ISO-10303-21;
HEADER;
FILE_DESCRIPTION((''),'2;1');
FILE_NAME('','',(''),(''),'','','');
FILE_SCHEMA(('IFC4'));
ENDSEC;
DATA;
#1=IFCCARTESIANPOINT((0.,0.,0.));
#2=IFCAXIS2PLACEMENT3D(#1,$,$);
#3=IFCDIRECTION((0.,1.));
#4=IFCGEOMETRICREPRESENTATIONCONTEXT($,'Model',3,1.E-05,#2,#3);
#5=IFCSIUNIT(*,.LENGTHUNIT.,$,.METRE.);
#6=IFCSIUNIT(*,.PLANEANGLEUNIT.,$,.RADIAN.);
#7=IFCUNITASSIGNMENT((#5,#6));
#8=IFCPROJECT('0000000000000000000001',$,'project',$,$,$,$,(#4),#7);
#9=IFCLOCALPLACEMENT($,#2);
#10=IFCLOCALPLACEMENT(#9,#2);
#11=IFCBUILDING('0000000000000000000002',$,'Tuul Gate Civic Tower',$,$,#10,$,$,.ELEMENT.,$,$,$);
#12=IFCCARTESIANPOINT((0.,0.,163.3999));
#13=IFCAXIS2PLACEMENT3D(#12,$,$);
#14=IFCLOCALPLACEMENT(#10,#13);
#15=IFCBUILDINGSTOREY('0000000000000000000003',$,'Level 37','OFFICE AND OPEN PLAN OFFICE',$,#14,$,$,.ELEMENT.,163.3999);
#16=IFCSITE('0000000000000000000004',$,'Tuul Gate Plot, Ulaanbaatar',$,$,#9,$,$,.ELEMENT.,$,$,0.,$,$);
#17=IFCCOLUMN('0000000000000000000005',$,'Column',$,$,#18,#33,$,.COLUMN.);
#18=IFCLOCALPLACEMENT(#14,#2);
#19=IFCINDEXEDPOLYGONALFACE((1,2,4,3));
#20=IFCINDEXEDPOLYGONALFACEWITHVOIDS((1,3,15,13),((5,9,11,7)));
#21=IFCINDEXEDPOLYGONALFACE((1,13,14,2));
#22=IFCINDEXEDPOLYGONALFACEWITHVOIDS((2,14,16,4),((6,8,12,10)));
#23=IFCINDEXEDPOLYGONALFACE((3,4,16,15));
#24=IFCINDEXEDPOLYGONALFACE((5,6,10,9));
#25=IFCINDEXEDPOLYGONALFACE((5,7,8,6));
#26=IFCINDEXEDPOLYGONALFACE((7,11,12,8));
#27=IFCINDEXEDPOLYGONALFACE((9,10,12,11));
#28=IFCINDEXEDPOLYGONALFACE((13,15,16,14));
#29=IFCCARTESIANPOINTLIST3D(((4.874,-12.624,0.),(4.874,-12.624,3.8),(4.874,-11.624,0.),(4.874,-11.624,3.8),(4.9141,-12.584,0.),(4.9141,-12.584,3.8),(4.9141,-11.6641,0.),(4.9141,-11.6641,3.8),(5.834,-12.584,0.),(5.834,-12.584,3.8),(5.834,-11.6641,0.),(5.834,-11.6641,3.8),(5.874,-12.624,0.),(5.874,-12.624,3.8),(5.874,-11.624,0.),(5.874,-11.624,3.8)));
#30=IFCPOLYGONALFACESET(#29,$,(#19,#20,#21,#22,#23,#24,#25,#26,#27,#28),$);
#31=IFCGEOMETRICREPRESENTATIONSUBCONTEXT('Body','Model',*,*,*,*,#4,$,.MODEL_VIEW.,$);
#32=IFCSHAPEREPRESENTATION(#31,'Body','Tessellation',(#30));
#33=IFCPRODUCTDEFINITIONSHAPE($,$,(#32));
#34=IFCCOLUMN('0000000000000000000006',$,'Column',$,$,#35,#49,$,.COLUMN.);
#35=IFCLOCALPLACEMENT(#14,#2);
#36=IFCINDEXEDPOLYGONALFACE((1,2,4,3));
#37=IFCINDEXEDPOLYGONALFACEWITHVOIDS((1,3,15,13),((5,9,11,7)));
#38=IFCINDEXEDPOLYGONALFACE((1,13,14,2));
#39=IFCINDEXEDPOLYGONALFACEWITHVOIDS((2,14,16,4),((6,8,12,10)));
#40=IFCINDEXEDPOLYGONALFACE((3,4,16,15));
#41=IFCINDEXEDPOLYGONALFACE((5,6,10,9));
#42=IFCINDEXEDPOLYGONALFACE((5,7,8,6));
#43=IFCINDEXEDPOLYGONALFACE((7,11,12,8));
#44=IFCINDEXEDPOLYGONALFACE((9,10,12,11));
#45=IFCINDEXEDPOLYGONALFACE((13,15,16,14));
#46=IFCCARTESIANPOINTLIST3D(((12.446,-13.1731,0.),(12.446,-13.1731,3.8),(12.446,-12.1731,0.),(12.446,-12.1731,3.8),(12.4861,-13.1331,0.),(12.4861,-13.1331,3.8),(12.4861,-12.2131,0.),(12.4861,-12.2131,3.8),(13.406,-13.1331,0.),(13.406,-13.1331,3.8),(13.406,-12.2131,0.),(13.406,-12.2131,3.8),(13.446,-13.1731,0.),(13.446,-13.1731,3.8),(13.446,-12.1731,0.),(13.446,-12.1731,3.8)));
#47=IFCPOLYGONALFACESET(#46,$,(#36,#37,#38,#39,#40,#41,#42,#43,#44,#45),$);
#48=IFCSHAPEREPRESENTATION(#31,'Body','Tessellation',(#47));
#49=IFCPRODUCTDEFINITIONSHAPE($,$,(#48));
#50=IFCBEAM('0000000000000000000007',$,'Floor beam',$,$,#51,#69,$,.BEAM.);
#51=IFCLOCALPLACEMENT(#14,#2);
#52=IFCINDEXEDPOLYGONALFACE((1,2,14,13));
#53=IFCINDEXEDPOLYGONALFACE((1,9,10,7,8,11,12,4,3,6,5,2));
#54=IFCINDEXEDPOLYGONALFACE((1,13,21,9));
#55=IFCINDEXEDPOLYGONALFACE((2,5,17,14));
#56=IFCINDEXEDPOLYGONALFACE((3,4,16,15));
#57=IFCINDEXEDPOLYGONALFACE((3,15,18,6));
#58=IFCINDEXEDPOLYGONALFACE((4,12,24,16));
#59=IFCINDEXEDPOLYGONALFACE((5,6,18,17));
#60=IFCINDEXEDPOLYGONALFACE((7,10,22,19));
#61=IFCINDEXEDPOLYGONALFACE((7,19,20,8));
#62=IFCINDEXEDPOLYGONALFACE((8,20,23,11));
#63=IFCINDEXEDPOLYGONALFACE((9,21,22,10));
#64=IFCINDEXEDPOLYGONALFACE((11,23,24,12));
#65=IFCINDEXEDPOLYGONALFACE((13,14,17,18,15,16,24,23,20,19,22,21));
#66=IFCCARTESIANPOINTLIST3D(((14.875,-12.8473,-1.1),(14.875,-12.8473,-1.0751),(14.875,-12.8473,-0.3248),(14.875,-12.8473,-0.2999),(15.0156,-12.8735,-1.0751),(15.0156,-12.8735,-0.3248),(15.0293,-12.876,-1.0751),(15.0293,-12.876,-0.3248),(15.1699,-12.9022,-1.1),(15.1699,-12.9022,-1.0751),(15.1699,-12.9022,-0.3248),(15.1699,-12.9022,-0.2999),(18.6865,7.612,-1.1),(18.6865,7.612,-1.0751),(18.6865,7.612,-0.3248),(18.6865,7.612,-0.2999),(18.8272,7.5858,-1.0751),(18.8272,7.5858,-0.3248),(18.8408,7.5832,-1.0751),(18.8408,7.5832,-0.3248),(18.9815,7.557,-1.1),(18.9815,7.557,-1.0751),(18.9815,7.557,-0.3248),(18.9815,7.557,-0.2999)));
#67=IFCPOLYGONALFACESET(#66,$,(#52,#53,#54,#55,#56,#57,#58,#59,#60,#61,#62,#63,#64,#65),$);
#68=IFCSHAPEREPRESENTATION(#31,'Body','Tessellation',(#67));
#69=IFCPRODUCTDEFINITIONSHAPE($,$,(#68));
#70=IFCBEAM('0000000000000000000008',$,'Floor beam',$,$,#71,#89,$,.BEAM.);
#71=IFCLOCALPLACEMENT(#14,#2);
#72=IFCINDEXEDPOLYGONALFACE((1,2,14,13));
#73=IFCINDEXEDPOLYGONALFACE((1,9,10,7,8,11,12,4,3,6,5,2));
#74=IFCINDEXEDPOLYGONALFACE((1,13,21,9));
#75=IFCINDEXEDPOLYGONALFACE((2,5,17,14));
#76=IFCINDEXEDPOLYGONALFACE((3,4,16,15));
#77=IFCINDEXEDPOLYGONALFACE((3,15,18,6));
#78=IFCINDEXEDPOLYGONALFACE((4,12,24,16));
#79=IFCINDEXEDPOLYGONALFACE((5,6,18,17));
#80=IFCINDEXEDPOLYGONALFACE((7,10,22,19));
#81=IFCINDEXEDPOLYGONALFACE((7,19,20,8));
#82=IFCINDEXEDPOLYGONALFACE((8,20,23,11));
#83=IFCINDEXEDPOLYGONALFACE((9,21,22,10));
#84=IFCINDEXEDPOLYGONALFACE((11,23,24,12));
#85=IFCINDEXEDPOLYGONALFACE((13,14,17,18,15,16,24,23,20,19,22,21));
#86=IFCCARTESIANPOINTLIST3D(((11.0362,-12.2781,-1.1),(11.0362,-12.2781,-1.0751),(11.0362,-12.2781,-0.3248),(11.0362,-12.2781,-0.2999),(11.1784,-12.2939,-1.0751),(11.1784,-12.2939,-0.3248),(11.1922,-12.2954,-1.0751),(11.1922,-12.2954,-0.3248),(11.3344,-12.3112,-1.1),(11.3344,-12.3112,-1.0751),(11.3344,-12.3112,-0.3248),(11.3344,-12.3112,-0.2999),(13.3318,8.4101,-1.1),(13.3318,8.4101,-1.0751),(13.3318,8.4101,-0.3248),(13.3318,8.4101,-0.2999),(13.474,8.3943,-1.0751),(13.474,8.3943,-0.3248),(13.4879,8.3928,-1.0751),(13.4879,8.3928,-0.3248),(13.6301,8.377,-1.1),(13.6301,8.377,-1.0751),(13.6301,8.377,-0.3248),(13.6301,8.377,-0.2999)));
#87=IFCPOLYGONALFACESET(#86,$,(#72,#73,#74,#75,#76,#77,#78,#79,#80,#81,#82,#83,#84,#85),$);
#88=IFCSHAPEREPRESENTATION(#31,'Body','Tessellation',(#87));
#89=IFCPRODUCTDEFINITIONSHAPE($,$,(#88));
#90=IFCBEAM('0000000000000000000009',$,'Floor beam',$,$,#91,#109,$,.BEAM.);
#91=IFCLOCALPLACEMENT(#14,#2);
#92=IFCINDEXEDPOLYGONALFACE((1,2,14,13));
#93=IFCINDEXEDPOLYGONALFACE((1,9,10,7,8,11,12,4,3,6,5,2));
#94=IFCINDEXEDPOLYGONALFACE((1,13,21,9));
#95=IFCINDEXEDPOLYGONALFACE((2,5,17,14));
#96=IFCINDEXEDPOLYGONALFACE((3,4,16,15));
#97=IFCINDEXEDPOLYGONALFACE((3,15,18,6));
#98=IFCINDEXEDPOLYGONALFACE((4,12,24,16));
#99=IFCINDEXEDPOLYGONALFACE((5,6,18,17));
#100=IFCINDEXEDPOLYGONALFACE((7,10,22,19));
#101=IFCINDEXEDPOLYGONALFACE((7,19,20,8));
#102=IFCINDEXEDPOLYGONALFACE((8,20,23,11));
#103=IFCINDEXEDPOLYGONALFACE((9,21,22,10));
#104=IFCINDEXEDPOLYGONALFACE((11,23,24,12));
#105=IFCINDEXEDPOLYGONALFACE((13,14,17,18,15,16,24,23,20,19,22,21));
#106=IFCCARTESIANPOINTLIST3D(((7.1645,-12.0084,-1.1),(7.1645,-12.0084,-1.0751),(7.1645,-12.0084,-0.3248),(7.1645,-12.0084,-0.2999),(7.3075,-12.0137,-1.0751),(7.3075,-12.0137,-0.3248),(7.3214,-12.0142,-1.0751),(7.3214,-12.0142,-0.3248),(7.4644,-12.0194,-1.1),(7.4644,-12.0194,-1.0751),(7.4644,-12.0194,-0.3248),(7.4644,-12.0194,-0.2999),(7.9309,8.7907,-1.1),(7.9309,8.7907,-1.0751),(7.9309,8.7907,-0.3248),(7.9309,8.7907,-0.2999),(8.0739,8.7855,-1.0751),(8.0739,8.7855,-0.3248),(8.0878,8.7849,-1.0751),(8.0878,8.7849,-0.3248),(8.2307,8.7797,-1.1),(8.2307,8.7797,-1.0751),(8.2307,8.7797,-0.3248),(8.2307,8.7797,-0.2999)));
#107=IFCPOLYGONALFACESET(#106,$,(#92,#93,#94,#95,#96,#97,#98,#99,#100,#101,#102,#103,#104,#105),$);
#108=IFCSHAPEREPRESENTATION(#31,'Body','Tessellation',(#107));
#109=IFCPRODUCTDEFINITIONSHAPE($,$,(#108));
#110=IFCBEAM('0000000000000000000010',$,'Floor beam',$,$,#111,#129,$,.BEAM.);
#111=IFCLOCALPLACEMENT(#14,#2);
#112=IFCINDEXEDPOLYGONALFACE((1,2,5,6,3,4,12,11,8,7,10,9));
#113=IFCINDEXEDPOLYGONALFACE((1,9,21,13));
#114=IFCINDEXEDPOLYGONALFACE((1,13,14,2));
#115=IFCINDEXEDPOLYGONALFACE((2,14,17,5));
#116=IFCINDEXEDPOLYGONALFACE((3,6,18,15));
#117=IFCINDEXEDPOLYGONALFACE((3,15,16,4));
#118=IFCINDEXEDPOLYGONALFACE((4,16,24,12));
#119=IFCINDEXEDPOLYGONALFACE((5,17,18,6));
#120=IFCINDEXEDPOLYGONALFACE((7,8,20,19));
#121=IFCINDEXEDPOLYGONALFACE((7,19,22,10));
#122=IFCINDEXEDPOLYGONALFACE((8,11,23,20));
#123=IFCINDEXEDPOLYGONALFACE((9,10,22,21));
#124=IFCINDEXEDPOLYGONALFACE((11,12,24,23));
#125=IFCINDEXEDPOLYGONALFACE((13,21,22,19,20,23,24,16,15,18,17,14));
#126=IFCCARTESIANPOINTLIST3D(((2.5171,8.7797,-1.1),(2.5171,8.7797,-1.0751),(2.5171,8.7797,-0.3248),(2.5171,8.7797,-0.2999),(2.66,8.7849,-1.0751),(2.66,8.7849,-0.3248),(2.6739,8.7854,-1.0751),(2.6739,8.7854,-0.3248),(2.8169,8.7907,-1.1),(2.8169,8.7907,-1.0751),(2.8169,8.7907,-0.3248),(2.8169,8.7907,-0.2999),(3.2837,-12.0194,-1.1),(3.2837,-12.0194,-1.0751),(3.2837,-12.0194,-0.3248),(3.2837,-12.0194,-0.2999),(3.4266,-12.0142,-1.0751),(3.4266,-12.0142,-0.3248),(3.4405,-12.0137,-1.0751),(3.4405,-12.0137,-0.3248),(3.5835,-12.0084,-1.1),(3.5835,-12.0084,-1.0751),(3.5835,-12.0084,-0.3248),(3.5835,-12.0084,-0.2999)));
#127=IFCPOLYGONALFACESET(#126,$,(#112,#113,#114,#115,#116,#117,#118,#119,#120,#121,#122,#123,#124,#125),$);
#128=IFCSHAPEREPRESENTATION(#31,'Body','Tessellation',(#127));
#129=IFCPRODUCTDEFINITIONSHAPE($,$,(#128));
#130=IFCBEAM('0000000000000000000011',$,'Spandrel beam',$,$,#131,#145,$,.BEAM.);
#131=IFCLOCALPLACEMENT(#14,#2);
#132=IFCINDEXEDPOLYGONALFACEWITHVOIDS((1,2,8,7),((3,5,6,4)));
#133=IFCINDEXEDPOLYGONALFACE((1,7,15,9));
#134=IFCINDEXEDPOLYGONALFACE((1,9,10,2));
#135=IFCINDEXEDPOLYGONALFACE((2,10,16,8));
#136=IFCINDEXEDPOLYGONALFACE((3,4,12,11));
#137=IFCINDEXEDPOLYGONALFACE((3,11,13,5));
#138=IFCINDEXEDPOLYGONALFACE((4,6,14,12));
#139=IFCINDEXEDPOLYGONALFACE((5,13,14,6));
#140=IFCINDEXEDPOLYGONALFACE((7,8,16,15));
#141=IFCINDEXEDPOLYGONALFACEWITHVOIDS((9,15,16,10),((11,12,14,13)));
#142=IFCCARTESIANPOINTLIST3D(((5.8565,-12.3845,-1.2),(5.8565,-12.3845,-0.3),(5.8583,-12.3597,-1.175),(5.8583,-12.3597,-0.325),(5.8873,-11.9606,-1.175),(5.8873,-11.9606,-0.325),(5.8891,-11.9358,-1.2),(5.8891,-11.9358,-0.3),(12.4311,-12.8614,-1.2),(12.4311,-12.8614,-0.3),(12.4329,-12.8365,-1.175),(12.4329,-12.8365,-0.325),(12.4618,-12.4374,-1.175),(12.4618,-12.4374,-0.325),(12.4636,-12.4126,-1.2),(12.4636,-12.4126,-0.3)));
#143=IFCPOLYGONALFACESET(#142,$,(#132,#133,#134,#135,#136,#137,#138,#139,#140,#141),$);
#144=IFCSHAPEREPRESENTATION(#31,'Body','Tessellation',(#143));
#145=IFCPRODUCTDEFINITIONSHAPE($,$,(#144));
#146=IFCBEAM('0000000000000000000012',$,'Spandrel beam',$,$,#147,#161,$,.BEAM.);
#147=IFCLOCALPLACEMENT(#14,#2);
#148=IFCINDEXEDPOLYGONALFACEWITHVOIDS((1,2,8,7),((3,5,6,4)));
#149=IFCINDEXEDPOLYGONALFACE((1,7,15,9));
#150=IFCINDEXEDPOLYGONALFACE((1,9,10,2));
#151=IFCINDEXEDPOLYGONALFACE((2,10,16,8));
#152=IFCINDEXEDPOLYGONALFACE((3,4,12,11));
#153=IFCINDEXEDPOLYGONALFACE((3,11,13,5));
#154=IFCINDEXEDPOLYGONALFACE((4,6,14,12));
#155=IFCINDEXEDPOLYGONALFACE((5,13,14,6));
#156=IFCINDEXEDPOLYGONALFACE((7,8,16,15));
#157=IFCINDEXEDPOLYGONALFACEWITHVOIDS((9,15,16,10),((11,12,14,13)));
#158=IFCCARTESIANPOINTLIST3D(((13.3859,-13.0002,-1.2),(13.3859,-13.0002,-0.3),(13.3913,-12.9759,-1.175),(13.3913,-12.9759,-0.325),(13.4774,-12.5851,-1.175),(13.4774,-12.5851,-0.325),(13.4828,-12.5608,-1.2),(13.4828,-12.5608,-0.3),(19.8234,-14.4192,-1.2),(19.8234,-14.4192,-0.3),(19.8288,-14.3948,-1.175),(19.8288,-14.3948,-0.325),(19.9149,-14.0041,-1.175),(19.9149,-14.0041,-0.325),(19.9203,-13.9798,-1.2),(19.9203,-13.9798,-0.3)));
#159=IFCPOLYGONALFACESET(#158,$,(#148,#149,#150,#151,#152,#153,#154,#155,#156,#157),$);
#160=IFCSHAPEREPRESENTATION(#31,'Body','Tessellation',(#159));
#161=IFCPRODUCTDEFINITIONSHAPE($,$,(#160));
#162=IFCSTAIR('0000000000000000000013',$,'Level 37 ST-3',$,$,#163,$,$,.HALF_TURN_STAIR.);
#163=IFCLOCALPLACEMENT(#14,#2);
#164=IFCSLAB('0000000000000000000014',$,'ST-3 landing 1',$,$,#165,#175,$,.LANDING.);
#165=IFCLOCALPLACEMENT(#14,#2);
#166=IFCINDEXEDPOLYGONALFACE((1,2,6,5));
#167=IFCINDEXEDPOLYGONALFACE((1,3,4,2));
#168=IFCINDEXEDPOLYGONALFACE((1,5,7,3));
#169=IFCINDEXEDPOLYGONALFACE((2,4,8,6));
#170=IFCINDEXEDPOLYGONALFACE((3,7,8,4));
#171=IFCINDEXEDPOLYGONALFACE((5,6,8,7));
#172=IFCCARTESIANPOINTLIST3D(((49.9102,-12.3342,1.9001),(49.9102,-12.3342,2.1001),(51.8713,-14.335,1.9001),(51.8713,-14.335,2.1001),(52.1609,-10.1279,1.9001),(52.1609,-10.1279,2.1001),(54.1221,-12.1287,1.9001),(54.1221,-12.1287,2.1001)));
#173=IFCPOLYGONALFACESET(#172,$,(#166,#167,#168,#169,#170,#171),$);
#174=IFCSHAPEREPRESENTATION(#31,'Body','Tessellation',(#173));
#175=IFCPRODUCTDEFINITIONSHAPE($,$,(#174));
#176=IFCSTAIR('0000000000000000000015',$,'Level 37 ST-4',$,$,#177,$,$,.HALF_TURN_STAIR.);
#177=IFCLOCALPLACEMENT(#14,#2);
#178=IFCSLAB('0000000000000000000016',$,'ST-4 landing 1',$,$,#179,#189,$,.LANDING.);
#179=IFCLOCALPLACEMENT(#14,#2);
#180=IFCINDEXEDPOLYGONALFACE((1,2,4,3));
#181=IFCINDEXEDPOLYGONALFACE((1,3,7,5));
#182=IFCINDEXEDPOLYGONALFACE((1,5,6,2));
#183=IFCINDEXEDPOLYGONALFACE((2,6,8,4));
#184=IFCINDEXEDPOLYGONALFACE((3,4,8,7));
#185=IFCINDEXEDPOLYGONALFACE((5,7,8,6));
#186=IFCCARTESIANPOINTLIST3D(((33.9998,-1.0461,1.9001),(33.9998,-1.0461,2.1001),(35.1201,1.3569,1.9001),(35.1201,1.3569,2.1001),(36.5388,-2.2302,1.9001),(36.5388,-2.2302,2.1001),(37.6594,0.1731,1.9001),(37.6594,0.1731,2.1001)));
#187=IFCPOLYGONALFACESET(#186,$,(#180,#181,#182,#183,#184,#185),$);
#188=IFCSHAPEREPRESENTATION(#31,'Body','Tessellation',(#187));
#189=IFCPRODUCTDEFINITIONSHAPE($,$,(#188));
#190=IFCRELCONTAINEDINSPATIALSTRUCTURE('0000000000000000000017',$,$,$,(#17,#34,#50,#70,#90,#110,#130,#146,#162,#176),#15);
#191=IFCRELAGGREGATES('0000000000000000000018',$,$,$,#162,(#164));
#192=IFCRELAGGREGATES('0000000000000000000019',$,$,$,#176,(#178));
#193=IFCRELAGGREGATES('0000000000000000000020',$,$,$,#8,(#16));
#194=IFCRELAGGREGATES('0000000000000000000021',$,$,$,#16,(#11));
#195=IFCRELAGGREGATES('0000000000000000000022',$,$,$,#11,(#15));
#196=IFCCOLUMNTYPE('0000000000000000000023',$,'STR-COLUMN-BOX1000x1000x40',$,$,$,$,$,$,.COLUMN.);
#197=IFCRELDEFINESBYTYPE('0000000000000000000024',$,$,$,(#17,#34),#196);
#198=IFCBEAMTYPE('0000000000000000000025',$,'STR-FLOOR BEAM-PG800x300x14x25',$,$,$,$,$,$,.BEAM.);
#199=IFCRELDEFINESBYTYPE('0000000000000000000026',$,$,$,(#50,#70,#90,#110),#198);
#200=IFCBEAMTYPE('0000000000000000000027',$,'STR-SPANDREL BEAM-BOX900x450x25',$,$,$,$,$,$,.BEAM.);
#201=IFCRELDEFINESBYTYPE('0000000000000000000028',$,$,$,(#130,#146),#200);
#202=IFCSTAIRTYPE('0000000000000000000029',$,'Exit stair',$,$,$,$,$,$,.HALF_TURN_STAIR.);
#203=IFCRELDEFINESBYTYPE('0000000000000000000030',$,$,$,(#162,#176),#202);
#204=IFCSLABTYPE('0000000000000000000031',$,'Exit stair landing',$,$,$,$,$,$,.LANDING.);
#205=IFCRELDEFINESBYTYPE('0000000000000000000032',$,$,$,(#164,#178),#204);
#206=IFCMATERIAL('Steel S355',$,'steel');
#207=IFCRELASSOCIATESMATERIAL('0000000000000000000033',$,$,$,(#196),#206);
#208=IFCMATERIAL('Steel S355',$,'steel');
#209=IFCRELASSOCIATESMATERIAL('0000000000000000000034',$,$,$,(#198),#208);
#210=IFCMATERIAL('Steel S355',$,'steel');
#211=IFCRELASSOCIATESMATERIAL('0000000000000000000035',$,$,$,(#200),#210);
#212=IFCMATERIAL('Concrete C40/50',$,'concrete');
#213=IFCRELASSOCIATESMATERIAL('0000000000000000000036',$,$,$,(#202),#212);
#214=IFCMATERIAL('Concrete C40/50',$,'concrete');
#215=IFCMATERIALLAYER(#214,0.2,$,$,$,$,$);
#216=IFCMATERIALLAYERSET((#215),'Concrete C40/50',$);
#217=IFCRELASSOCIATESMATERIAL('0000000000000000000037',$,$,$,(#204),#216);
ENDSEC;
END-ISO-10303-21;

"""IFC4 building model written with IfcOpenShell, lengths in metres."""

from ifc_helpers import new_model, si_unit, direction, frame, origin, origin_2d, place, context, subcontext, project, spatial, polyline, hollow_rectangle, i_section, outline, extrude, material, layer, layer_set, material_profile, profile_set, type_object, element, aggregate, save


model = new_model("IFC4")

# Units and contexts
model_context = context("Model", 3, precision=1e-05, world=origin(), true_north=direction((0.0, 1.0)))
body_context = subcontext(model_context, "Body", "Model", "MODEL_VIEW")
ifc_project = project(units=[si_unit("LENGTHUNIT", "METRE"), si_unit("PLANEANGLEUNIT", "RADIAN")], contexts=[model_context])

# Site, building, storey
site_placement = place(None, origin())
site = spatial("IfcSite", under=ifc_project, at=site_placement, Name="Tuul Gate Plot, Ulaanbaatar", CompositionType="ELEMENT", RefElevation=0.0)
building_placement = place(site_placement, origin())
building = spatial("IfcBuilding", under=site, at=building_placement, Name="Tuul Gate Civic Tower", CompositionType="ELEMENT")
storey_placement = place(building_placement, frame((0.0, 0.0, 163.3999)))
storey = spatial("IfcBuildingStorey", under=building, at=storey_placement, Name="Level 37", Description="OFFICE AND OPEN PLAN OFFICE", CompositionType="ELEMENT", Elevation=163.3999)

# Columns
ifc_material_1 = material(Name="Steel S355", Category="steel")
ifc_material_profile_1 = material_profile(ifc_material_1, hollow_rectangle(XDim=1.0, YDim=1.0, WallThickness=0.04, at=origin_2d()), Name="BOX1000x1000x40")
ifc_profile_set_1 = profile_set([ifc_material_profile_1], Name="Steel S355")
column_type = type_object("IfcColumnType", Name="STR-COLUMN-BOX1000x1000x40", PredefinedType="COLUMN", material=ifc_profile_set_1)
for number, where, z_axis, x_axis, name in (
    (1, (5.374, -12.124, 0.0), (0.0, 0.0, 1.0), (1.0, 0.0, 0.0), "Column"),
    (2, (12.946, -12.6731, 0.0), (0.0, 0.0, 1.0), (1.0, 0.0, 0.0), "Column"),
):
    element("IfcColumn", number, at=place(storey_placement, frame(where, z_axis=z_axis, x_axis=x_axis)), inside=storey, type_object=column_type, Name=name, PredefinedType="COLUMN", context=body_context, shape_type="SweptSolid", body=[
        extrude(hollow_rectangle(XDim=1.0, YDim=1.0, WallThickness=0.04, at=origin_2d()), origin(), (0.0, 0.0, 1.0), 3.8),
    ])

# Beams
ifc_material_2 = material(Name="Steel S355", Category="steel")
ifc_material_profile_2 = material_profile(ifc_material_2, i_section(OverallWidth=0.3, OverallDepth=0.8, WebThickness=0.0139, FlangeThickness=0.0249, at=origin_2d()), Name="PG800x300x14x25")
ifc_profile_set_2 = profile_set([ifc_material_profile_2], Name="Steel S355")
beam_type_1 = type_object("IfcBeamType", Name="STR-FLOOR BEAM-PG800x300x14x25", PredefinedType="BEAM", material=ifc_profile_set_2)
beam_1_placement = place(storey_placement, frame((15.0225, -12.8748, -0.7), z_axis=(0.183147, 0.983085, 0.0), x_axis=(-0.983085, 0.183147, 0.0)))
element("IfcBeam", 3, at=beam_1_placement, inside=storey, type_object=beam_type_1, Name="Floor beam", PredefinedType="BEAM", context=body_context, shape_type="SweptSolid", body=[
    extrude(i_section(OverallWidth=0.3, OverallDepth=0.8, WebThickness=0.0139, FlangeThickness=0.0249, at=origin_2d()), origin(), (0.0, 0.0, 1.0), 20.8113),
])
beam_2_placement = place(storey_placement, frame((11.1853, -12.2947, -0.7), z_axis=(0.110287, 0.9939, 0.0), x_axis=(-0.9939, 0.110287, 0.0)))
element("IfcBeam", 4, at=beam_2_placement, inside=storey, type_object=beam_type_1, Name="Floor beam", PredefinedType="BEAM", context=body_context, shape_type="SweptSolid", body=[
    extrude(i_section(OverallWidth=0.3, OverallDepth=0.8, WebThickness=0.0139, FlangeThickness=0.0249, at=origin_2d()), origin(), (0.0, 0.0, 1.0), 20.8152),
])
for number, where, z_axis, x_axis, name in (
    (5, (7.3145, -12.0139, -0.7), (0.036821, 0.999322, 0.0), (-0.999322, 0.036821, 0.0), "Floor beam"),
    (6, (3.4336, -12.0139, -0.7), (-0.036832, 0.999321, 0.0), (-0.999321, -0.036832, 0.0), "Floor beam"),
):
    element("IfcBeam", number, at=place(storey_placement, frame(where, z_axis=z_axis, x_axis=x_axis)), inside=storey, type_object=beam_type_1, Name=name, PredefinedType="BEAM", context=body_context, shape_type="SweptSolid", body=[
        extrude(i_section(OverallWidth=0.3, OverallDepth=0.8, WebThickness=0.0139, FlangeThickness=0.0249, at=origin_2d()), origin(), (0.0, 0.0, 1.0), 20.8132),
    ])
ifc_material_3 = material(Name="Steel S355", Category="steel")
ifc_material_profile_3 = material_profile(ifc_material_3, hollow_rectangle(XDim=0.45, YDim=0.8999, WallThickness=0.0249, at=origin_2d()), Name="BOX900x450x25")
ifc_profile_set_3 = profile_set([ifc_material_profile_3], Name="Steel S355")
beam_type_2 = type_object("IfcBeamType", Name="STR-SPANDREL BEAM-BOX900x450x25", PredefinedType="BEAM", material=ifc_profile_set_3)
beam_3_placement = place(storey_placement, frame((5.8728, -12.1602, -0.75), z_axis=(0.99738, -0.072334, 0.0), x_axis=(0.072334, 0.99738, 0.0)))
element("IfcBeam", 7, at=beam_3_placement, inside=storey, type_object=beam_type_2, Name="Spandrel beam", PredefinedType="BEAM", context=body_context, shape_type="SweptSolid", body=[
    extrude(hollow_rectangle(XDim=0.45, YDim=0.8999, WallThickness=0.0249, at=origin_2d()), origin(), (0.0, 0.0, 1.0), 6.5918),
])
beam_4_placement = place(storey_placement, frame((13.4343, -12.7805, -0.75), z_axis=(0.976559, -0.215252, 0.0), x_axis=(0.215252, 0.976559, 0.0)))
element("IfcBeam", 8, at=beam_4_placement, inside=storey, type_object=beam_type_2, Name="Spandrel beam", PredefinedType="BEAM", context=body_context, shape_type="SweptSolid", body=[
    extrude(hollow_rectangle(XDim=0.45, YDim=0.8999, WallThickness=0.0249, at=origin_2d()), origin(), (0.0, 0.0, 1.0), 6.592),
])

# Stairs, slabs
ifc_material_4 = material(Name="Concrete C40/50", Category="concrete")
stair_type = type_object("IfcStairType", Name="Exit stair", PredefinedType="HALF_TURN_STAIR", material=ifc_material_4)
stair_1_placement = place(storey_placement, origin())
stair_1 = element("IfcStair", 9, at=stair_1_placement, inside=storey, type_object=stair_type, Name="Level 37 ST-3", PredefinedType="HALF_TURN_STAIR")
ifc_material_5 = material(Name="Concrete C40/50", Category="concrete")
ifc_layer_1 = layer(ifc_material_5, 0.2)
ifc_layer_set_1 = layer_set([ifc_layer_1], Name="Concrete C40/50")
slab_type = type_object("IfcSlabType", Name="Exit stair landing", PredefinedType="LANDING", material=ifc_layer_set_1)
slab_1_placement = place(storey_placement, frame((0.0, 0.0, 1.9001)))
slab_1 = element("IfcSlab", 10, at=slab_1_placement, type_object=slab_type, Name="ST-3 landing 1", PredefinedType="LANDING", context=body_context, shape_type="SweptSolid", body=[
    extrude(outline(polyline([(51.8713, -14.335), (49.9102, -12.3342), (52.1609, -10.1279), (54.1221, -12.1287), (51.8713, -14.335)])), origin(), (0.0, 0.0, 1.0), 0.2),
])
aggregate(stair_1, [slab_1])
stair_2_placement = place(storey_placement, origin())
stair_2 = element("IfcStair", 11, at=stair_2_placement, inside=storey, type_object=stair_type, Name="Level 37 ST-4", PredefinedType="HALF_TURN_STAIR")
slab_2_placement = place(storey_placement, frame((0.0, 0.0, 1.9001)))
slab_2 = element("IfcSlab", 12, at=slab_2_placement, type_object=slab_type, Name="ST-4 landing 1", PredefinedType="LANDING", context=body_context, shape_type="SweptSolid", body=[
    extrude(outline(polyline([(36.5388, -2.2302), (33.9998, -1.0461), (35.1201, 1.3569), (37.6594, 0.1731), (36.5388, -2.2302)])), origin(), (0.0, 0.0, 1.0), 0.2),
])
aggregate(stair_2, [slab_2])

save(model, "model.ifc")
